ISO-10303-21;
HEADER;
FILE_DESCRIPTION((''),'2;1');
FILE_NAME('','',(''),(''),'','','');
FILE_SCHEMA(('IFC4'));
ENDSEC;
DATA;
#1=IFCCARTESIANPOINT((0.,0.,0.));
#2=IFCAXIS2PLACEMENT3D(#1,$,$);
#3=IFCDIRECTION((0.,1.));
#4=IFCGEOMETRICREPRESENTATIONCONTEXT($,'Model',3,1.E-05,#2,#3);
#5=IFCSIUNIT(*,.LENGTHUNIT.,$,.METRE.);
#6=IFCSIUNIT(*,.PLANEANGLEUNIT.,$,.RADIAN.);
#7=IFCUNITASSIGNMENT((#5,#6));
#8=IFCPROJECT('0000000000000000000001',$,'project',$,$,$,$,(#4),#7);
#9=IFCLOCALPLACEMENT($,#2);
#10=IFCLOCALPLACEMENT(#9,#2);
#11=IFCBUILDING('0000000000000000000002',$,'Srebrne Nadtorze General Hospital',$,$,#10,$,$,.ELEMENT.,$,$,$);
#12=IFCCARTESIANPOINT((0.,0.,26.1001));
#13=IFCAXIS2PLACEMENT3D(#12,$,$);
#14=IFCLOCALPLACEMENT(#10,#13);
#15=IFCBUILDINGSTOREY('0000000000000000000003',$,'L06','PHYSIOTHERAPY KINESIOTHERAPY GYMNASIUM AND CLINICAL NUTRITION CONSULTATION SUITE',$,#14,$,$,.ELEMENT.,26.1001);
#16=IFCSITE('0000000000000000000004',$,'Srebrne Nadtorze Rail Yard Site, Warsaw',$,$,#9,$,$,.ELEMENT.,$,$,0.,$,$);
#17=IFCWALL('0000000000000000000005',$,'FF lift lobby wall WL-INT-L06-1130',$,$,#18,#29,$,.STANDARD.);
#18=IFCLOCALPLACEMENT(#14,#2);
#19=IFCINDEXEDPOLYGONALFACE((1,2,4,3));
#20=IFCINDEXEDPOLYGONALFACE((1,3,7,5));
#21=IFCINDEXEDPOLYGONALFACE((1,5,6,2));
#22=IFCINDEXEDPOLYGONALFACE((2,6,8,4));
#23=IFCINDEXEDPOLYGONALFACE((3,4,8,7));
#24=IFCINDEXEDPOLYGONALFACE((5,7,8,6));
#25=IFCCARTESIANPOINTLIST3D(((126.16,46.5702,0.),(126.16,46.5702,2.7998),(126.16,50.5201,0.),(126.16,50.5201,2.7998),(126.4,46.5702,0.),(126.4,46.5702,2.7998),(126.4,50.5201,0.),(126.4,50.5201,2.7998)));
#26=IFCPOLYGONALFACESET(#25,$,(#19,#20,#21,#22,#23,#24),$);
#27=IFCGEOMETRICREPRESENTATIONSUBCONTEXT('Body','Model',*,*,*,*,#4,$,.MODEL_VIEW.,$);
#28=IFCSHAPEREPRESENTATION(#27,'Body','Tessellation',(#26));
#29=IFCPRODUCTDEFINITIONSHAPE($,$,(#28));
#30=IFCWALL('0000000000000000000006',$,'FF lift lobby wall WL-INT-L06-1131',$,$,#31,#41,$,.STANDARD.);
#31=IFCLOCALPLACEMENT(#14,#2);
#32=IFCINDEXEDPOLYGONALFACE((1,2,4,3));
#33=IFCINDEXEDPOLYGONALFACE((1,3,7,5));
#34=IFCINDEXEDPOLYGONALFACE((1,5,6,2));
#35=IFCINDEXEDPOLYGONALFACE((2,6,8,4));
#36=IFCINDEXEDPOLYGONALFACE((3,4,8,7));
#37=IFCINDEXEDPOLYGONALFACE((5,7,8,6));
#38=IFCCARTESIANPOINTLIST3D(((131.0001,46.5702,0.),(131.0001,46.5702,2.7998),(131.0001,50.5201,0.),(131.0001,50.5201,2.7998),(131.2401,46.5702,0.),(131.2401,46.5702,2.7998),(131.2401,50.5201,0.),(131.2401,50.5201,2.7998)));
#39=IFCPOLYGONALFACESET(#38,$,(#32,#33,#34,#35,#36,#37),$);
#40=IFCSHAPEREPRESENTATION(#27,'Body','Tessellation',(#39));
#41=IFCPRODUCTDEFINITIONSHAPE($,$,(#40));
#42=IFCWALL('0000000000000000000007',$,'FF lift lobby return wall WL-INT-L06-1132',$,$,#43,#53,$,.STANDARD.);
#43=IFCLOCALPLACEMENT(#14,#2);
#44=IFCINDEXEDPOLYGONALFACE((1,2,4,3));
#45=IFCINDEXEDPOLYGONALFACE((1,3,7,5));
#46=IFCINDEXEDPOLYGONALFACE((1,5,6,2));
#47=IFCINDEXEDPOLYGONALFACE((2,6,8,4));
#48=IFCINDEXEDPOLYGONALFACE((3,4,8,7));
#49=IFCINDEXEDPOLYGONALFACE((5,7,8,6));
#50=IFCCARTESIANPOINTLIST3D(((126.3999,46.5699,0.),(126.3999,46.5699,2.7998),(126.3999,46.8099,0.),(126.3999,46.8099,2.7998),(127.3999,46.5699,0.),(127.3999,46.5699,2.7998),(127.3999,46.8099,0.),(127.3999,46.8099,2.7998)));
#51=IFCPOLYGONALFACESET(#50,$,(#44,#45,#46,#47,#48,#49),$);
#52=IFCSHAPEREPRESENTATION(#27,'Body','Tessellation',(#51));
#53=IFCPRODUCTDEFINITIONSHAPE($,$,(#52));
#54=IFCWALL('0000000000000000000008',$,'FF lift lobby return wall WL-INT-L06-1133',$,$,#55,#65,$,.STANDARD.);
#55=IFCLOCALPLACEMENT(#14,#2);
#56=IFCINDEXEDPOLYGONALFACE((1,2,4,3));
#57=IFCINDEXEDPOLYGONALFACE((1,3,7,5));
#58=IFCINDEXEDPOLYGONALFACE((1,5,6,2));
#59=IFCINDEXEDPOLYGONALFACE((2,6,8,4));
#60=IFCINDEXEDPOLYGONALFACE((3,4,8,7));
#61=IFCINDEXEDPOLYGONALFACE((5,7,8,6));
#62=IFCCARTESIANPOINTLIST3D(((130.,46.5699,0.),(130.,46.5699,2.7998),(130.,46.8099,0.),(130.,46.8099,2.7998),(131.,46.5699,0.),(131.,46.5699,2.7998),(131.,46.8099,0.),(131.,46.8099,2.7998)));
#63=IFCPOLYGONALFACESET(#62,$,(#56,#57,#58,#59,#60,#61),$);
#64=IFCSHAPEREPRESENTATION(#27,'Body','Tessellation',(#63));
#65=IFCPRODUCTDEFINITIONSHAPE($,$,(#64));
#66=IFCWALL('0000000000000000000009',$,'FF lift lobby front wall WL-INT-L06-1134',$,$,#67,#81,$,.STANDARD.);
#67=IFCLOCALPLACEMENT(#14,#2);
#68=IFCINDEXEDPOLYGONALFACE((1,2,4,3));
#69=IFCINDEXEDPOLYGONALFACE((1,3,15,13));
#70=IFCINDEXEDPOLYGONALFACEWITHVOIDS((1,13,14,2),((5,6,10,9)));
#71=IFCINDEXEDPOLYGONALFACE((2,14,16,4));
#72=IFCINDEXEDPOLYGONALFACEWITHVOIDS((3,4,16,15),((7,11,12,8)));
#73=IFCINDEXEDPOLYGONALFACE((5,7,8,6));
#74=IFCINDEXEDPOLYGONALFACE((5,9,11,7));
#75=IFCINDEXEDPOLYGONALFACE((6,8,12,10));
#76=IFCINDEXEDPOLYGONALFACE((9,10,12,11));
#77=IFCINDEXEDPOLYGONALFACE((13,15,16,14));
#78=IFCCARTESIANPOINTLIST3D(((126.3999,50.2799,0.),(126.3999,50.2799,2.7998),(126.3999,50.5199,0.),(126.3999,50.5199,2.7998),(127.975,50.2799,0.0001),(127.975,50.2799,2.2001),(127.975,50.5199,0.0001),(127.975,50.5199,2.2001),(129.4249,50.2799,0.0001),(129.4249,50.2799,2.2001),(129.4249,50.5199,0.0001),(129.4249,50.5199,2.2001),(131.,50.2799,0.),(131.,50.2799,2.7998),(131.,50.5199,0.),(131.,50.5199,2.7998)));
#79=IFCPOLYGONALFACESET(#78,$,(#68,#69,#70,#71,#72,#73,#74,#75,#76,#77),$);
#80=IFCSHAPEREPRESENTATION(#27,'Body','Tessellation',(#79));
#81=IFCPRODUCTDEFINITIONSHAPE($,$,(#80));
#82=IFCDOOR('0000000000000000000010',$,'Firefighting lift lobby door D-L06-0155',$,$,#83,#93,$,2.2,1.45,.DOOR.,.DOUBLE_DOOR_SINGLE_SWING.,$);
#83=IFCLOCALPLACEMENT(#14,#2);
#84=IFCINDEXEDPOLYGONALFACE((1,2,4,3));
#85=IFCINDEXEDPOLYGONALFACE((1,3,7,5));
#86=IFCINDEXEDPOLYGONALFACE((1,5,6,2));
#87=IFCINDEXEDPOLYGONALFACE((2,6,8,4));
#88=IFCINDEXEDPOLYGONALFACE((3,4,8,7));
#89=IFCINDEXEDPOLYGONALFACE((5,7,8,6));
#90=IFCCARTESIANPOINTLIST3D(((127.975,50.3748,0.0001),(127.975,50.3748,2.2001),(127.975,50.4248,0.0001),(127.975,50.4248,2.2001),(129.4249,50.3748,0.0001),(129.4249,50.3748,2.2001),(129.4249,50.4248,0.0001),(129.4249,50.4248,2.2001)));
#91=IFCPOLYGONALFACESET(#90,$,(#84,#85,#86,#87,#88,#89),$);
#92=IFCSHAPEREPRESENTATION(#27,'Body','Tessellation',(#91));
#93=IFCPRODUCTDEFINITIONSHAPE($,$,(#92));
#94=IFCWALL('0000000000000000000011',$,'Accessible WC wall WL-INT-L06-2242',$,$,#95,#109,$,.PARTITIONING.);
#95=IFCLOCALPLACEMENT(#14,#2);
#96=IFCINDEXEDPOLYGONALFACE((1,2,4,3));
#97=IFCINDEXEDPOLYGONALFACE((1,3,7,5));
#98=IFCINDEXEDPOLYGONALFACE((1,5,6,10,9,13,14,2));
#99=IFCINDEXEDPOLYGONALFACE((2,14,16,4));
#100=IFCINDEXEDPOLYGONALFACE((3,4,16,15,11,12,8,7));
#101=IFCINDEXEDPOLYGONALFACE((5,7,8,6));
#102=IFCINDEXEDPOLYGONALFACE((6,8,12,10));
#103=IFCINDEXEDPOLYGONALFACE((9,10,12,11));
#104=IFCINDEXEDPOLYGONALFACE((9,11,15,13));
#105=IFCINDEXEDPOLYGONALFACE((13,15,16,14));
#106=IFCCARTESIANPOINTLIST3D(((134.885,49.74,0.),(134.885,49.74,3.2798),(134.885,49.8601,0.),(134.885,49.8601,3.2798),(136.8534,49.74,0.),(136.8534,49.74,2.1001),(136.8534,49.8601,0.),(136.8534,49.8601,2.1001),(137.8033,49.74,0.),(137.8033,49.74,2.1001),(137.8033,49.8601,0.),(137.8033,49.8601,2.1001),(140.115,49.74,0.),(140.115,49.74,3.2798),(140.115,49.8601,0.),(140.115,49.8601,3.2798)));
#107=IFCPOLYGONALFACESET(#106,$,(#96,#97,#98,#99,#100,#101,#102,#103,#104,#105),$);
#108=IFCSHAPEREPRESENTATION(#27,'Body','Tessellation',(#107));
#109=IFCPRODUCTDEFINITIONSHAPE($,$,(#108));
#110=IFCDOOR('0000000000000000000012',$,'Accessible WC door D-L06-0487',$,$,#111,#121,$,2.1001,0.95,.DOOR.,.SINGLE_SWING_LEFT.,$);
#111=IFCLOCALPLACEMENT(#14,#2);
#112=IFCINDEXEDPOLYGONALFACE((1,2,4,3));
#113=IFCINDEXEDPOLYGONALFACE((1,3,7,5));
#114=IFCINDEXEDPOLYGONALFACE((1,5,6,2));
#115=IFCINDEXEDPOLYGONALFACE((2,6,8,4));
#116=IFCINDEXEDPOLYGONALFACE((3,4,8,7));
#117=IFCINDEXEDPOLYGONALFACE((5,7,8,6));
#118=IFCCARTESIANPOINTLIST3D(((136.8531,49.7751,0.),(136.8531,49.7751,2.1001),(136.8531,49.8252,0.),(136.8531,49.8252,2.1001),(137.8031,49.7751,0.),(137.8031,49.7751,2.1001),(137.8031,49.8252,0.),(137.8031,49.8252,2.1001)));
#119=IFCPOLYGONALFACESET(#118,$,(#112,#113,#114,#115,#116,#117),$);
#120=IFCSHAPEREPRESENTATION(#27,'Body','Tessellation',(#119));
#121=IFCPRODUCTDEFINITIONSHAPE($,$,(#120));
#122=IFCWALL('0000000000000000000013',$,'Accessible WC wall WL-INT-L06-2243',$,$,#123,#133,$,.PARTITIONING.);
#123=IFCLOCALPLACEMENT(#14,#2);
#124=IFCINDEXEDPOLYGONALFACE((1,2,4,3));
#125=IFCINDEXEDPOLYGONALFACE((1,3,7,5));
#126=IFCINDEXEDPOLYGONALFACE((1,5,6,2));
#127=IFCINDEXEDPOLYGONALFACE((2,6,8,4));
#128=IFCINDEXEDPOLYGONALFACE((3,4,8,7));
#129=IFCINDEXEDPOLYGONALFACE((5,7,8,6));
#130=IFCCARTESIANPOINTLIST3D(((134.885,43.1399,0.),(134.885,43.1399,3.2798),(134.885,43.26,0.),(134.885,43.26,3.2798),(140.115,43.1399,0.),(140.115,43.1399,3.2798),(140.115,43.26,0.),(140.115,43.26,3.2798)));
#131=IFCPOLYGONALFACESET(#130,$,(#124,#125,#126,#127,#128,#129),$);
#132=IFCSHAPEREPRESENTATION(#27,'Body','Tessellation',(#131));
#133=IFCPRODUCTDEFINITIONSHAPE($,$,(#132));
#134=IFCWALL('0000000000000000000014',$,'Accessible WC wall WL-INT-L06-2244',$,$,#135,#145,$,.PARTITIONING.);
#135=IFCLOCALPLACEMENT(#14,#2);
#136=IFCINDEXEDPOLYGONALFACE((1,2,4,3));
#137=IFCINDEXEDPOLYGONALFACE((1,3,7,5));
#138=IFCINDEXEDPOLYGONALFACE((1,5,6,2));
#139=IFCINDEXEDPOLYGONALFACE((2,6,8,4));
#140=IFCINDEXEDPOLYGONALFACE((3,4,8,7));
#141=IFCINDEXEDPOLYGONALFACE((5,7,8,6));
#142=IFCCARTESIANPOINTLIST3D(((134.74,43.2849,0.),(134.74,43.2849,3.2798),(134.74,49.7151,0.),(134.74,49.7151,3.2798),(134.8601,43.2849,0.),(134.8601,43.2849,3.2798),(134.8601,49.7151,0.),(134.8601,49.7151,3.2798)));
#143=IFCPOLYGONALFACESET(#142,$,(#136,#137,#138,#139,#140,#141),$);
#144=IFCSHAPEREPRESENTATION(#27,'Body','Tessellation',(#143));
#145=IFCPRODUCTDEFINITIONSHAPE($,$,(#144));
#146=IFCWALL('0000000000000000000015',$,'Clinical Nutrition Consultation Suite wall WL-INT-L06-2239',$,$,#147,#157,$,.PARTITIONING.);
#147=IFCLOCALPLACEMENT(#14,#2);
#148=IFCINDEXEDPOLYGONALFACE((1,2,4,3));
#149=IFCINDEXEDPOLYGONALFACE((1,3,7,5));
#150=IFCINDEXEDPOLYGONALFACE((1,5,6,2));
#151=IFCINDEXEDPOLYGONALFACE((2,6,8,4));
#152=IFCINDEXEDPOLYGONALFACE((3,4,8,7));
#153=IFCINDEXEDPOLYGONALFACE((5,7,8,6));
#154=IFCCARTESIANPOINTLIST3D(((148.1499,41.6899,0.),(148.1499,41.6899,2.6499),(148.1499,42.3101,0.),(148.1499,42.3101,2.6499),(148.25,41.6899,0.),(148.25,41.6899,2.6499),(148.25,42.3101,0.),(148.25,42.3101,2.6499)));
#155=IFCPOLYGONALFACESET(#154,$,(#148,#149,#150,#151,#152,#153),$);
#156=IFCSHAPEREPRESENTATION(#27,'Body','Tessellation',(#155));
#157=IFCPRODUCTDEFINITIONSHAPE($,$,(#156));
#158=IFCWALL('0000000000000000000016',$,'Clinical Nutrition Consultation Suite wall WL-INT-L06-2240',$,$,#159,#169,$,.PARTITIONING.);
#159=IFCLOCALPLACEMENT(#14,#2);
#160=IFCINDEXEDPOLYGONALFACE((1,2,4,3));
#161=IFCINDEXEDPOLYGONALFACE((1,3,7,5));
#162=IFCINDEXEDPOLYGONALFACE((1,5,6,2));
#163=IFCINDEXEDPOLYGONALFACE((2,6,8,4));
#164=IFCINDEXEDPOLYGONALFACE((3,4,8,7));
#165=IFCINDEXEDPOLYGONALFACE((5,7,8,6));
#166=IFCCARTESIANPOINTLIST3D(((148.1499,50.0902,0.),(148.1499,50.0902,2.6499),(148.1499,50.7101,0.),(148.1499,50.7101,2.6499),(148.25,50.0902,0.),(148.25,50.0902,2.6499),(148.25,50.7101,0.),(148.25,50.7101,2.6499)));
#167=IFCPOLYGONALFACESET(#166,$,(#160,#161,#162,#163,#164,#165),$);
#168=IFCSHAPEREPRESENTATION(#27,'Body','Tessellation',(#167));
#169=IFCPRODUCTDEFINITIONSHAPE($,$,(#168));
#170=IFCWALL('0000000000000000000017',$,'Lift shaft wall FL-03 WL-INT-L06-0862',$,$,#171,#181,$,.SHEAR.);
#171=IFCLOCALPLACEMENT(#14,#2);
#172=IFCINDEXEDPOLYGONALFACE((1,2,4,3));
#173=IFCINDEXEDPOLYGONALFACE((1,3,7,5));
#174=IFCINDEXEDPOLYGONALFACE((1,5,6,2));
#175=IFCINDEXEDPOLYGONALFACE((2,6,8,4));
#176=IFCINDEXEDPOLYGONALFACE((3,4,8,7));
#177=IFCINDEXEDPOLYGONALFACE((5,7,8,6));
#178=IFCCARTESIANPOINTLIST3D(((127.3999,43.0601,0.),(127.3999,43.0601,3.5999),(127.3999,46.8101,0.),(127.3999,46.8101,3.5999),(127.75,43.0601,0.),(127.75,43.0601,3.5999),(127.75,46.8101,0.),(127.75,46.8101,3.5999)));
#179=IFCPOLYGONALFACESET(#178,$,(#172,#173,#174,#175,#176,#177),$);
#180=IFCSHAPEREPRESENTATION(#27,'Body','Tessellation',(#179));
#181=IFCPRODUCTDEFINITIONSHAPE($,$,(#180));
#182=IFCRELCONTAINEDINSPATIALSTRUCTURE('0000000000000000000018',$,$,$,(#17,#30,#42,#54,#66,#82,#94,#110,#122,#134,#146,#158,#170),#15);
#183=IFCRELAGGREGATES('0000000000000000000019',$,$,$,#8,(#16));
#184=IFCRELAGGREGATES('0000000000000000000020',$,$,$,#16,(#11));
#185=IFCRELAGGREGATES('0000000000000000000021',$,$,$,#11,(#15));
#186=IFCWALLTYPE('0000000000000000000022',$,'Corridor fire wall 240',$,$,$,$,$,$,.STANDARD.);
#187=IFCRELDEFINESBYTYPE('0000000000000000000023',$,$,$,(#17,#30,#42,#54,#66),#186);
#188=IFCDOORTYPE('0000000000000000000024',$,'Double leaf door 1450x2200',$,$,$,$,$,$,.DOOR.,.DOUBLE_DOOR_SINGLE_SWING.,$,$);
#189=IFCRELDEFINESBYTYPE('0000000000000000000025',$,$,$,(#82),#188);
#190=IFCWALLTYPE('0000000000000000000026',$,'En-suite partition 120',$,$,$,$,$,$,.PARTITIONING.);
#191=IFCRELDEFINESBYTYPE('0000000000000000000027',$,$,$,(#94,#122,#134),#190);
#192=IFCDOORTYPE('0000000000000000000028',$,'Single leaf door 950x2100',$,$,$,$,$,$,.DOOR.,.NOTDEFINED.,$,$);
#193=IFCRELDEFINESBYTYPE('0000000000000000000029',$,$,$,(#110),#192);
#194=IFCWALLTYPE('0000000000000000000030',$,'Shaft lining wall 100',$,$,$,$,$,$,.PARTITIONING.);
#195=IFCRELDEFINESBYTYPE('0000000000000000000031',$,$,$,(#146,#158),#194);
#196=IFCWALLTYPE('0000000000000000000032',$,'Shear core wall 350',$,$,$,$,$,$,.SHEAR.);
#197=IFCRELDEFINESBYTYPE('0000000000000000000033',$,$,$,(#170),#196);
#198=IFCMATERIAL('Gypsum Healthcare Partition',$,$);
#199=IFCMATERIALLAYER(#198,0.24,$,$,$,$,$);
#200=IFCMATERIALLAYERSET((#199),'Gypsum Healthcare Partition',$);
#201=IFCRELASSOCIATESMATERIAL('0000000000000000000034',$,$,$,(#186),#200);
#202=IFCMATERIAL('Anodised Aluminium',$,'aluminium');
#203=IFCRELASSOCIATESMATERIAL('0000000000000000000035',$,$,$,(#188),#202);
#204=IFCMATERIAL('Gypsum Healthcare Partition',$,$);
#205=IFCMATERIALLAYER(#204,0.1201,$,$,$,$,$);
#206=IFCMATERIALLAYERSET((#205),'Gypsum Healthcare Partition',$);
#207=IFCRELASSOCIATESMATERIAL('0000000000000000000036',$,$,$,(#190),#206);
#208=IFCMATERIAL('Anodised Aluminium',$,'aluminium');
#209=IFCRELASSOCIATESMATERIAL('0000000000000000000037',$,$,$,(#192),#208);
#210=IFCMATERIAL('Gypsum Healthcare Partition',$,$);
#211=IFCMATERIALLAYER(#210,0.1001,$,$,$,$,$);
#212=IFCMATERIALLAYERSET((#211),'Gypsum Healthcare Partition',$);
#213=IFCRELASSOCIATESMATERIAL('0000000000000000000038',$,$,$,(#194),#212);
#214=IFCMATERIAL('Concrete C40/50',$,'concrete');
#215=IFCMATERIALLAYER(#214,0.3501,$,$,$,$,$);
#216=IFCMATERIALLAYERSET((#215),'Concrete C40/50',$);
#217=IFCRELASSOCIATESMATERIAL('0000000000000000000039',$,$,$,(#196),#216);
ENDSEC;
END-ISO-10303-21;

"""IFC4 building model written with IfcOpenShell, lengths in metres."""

from ifc_helpers import new_model, si_unit, direction, frame, frame_2d, origin, place, context, subcontext, project, spatial, rectangle, extrude, material, layer, layer_set, type_object, element, fill, save


model = new_model("IFC4")

# Units and contexts
model_context = context("Model", 3, precision=1e-05, world=origin(), true_north=direction((0.0, 1.0)))
body_context = subcontext(model_context, "Body", "Model", "MODEL_VIEW")
ifc_project = project(units=[si_unit("LENGTHUNIT", "METRE"), si_unit("PLANEANGLEUNIT", "RADIAN")], contexts=[model_context])

# Site, building, storey
site_placement = place(None, origin())
site = spatial("IfcSite", under=ifc_project, at=site_placement, Name="Srebrne Nadtorze Rail Yard Site, Warsaw", CompositionType="ELEMENT", RefElevation=0.0)
building_placement = place(site_placement, origin())
building = spatial("IfcBuilding", under=site, at=building_placement, Name="Srebrne Nadtorze General Hospital", CompositionType="ELEMENT")
storey_placement = place(building_placement, frame((0.0, 0.0, 26.1001)))
storey = spatial("IfcBuildingStorey", under=building, at=storey_placement, Name="L06", Description="PHYSIOTHERAPY KINESIOTHERAPY GYMNASIUM AND CLINICAL NUTRITION CONSULTATION SUITE", CompositionType="ELEMENT", Elevation=26.1001)

# Walls
ifc_material_1 = material(Name="Gypsum Healthcare Partition")
ifc_layer_1 = layer(ifc_material_1, 0.24)
ifc_layer_set_1 = layer_set([ifc_layer_1], Name="Gypsum Healthcare Partition")
wall_type_1 = type_object("IfcWallType", Name="Corridor fire wall 240", PredefinedType="STANDARD", material=ifc_layer_set_1)
for number, where, z_axis, x_axis, name in (
    (1, (126.28, 46.5701, 0.0), (0.0, 0.0, 1.0), (0.0, 1.0, 0.0), "FF lift lobby wall WL-INT-L06-1130"),
    (2, (131.1201, 46.5701, 0.0), (0.0, 0.0, 1.0), (0.0, 1.0, 0.0), "FF lift lobby wall WL-INT-L06-1131"),
):
    element("IfcWall", number, at=place(storey_placement, frame(where, z_axis=z_axis, x_axis=x_axis)), inside=storey, type_object=wall_type_1, Name=name, PredefinedType="STANDARD", context=body_context, shape_type="SweptSolid", body=[
        extrude(rectangle(XDim=3.95, YDim=0.24, at=frame_2d((1.9751, 0.0))), origin(), (0.0, 0.0, 1.0), 2.7998),
    ])
for number, where, z_axis, x_axis, name in (
    (3, (126.3999, 46.6899, 0.0), (0.0, 0.0, 1.0), (1.0, 0.0, 0.0), "FF lift lobby return wall WL-INT-L06-1132"),
    (4, (130.0, 46.6899, 0.0), (0.0, 0.0, 1.0), (1.0, 0.0, 0.0), "FF lift lobby return wall WL-INT-L06-1133"),
):
    element("IfcWall", number, at=place(storey_placement, frame(where, z_axis=z_axis, x_axis=x_axis)), inside=storey, type_object=wall_type_1, Name=name, PredefinedType="STANDARD", context=body_context, shape_type="SweptSolid", body=[
        extrude(rectangle(XDim=1.0, YDim=0.24, at=frame_2d((0.5, 0.0))), origin(), (0.0, 0.0, 1.0), 2.7998),
    ])

# Walls, openings, doors
wall_1_placement = place(storey_placement, frame((126.3999, 50.3999, 0.0), z_axis=(0.0, 0.0, 1.0), x_axis=(1.0, 0.0, 0.0)))
wall_1 = element("IfcWall", 5, at=wall_1_placement, inside=storey, type_object=wall_type_1, Name="FF lift lobby front wall WL-INT-L06-1134", PredefinedType="STANDARD", context=body_context, shape_type="SweptSolid", body=[
    extrude(rectangle(XDim=4.6001, YDim=0.24, at=frame_2d((2.3, 0.0))), origin(), (0.0, 0.0, 1.0), 2.7998),
])
opening_1_placement = place(wall_1_placement, frame((1.575, 0.0, 0.0)))
opening_1 = element("IfcOpeningElement", 6, at=opening_1_placement, cuts=wall_1, PredefinedType="OPENING", context=body_context, shape_type="SweptSolid", body=[
    extrude(rectangle(XDim=1.45, YDim=2.2, at=frame_2d((0.7251, 1.1001))), frame((0.0, 0.1318, 0.0), z_axis=(0.0, -1.0, 0.0), x_axis=(1.0, 0.0, 0.0)), (0.0, 0.0, 1.0), 0.2639),
])
ifc_material_2 = material(Name="Anodised Aluminium", Category="aluminium")
door_type_1 = type_object("IfcDoorType", Name="Double leaf door 1450x2200", OperationType="DOUBLE_DOOR_SINGLE_SWING", PredefinedType="DOOR", material=ifc_material_2)
door_1_placement = place(opening_1_placement, origin())
door_1 = element("IfcDoor", 7, at=door_1_placement, inside=storey, type_object=door_type_1, Name="Firefighting lift lobby door D-L06-0155", OperationType="DOUBLE_DOOR_SINGLE_SWING", OverallHeight=2.2, OverallWidth=1.45, PredefinedType="DOOR", context=body_context, shape_type="SweptSolid", body=[
    extrude(rectangle(XDim=1.45, YDim=2.2, at=frame_2d((0.7251, 1.1001))), frame((0.0, 0.0249, 0.0), z_axis=(0.0, -1.0, 0.0), x_axis=(1.0, 0.0, 0.0)), (0.0, 0.0, 1.0), 0.05),
])
fill(opening_1, door_1)
ifc_material_3 = material(Name="Gypsum Healthcare Partition")
ifc_layer_2 = layer(ifc_material_3, 0.1201)
ifc_layer_set_2 = layer_set([ifc_layer_2], Name="Gypsum Healthcare Partition")
wall_type_2 = type_object("IfcWallType", Name="En-suite partition 120", PredefinedType="PARTITIONING", material=ifc_layer_set_2)
wall_2_placement = place(storey_placement, frame((134.885, 49.8, 0.0), z_axis=(0.0, 0.0, 1.0), x_axis=(1.0, 0.0, 0.0)))
wall_2 = element("IfcWall", 8, at=wall_2_placement, inside=storey, type_object=wall_type_2, Name="Accessible WC wall WL-INT-L06-2242", PredefinedType="PARTITIONING", context=body_context, shape_type="SweptSolid", body=[
    extrude(rectangle(XDim=5.23, YDim=0.1201, at=frame_2d((2.615, 0.0))), origin(), (0.0, 0.0, 1.0), 3.2798),
])
opening_2_placement = place(wall_2_placement, frame((1.9683, 0.0, 0.0)))
opening_2 = element("IfcOpeningElement", 9, at=opening_2_placement, cuts=wall_2, PredefinedType="OPENING", context=body_context, shape_type="SweptSolid", body=[
    extrude(rectangle(XDim=0.95, YDim=2.1001, at=frame_2d((0.4751, 1.05))), frame((0.0, 0.072, 0.0), z_axis=(0.0, -1.0, 0.0), x_axis=(1.0, 0.0, 0.0)), (0.0, 0.0, 1.0), 0.144),
])
ifc_material_4 = material(Name="Anodised Aluminium", Category="aluminium")
door_type_2 = type_object("IfcDoorType", Name="Single leaf door 950x2100", OperationType="NOTDEFINED", PredefinedType="DOOR", material=ifc_material_4)
door_2_placement = place(opening_2_placement, frame((0.95, 0.0, 0.0), z_axis=(0.0, 0.0, 1.0), x_axis=(-1.0, 0.0, 0.0)))
door_2 = element("IfcDoor", 10, at=door_2_placement, inside=storey, type_object=door_type_2, Name="Accessible WC door D-L06-0487", OperationType="SINGLE_SWING_LEFT", OverallHeight=2.1001, OverallWidth=0.95, PredefinedType="DOOR", context=body_context, shape_type="SweptSolid", body=[
    extrude(rectangle(XDim=0.95, YDim=2.1001, at=frame_2d((0.4751, 1.05))), frame((0.0, 0.0249, 0.0), z_axis=(0.0, -1.0, 0.0), x_axis=(1.0, 0.0, 0.0)), (0.0, 0.0, 1.0), 0.05),
])
fill(opening_2, door_2)

# Walls
wall_3_placement = place(storey_placement, frame((134.885, 43.2, 0.0), z_axis=(0.0, 0.0, 1.0), x_axis=(1.0, 0.0, 0.0)))
element("IfcWall", 11, at=wall_3_placement, inside=storey, type_object=wall_type_2, Name="Accessible WC wall WL-INT-L06-2243", PredefinedType="PARTITIONING", context=body_context, shape_type="SweptSolid", body=[
    extrude(rectangle(XDim=5.23, YDim=0.1201, at=frame_2d((2.615, 0.0))), origin(), (0.0, 0.0, 1.0), 3.2798),
])
wall_4_placement = place(storey_placement, frame((134.8, 43.2849, 0.0), z_axis=(0.0, 0.0, 1.0), x_axis=(0.0, 1.0, 0.0)))
element("IfcWall", 12, at=wall_4_placement, inside=storey, type_object=wall_type_2, Name="Accessible WC wall WL-INT-L06-2244", PredefinedType="PARTITIONING", context=body_context, shape_type="SweptSolid", body=[
    extrude(rectangle(XDim=6.4302, YDim=0.1201, at=frame_2d((3.2151, 0.0))), origin(), (0.0, 0.0, 1.0), 3.2798),
])
ifc_material_5 = material(Name="Gypsum Healthcare Partition")
ifc_layer_3 = layer(ifc_material_5, 0.1001)
ifc_layer_set_3 = layer_set([ifc_layer_3], Name="Gypsum Healthcare Partition")
wall_type_3 = type_object("IfcWallType", Name="Shaft lining wall 100", PredefinedType="PARTITIONING", material=ifc_layer_set_3)
wall_5_placement = place(storey_placement, frame((148.2, 41.6899, 0.0), z_axis=(0.0, 0.0, 1.0), x_axis=(0.0, 1.0, 0.0)))
element("IfcWall", 13, at=wall_5_placement, inside=storey, type_object=wall_type_3, Name="Clinical Nutrition Consultation Suite wall WL-INT-L06-2239", PredefinedType="PARTITIONING", context=body_context, shape_type="SweptSolid", body=[
    extrude(rectangle(XDim=0.6201, YDim=0.1001, at=frame_2d((0.3101, 0.0))), origin(), (0.0, 0.0, 1.0), 2.6499),
])
wall_6_placement = place(storey_placement, frame((148.2, 50.0901, 0.0), z_axis=(0.0, 0.0, 1.0), x_axis=(0.0, 1.0, 0.0)))
element("IfcWall", 14, at=wall_6_placement, inside=storey, type_object=wall_type_3, Name="Clinical Nutrition Consultation Suite wall WL-INT-L06-2240", PredefinedType="PARTITIONING", context=body_context, shape_type="SweptSolid", body=[
    extrude(rectangle(XDim=0.6199, YDim=0.1001, at=frame_2d((0.3101, 0.0))), origin(), (0.0, 0.0, 1.0), 2.6499),
])
ifc_material_6 = material(Name="Concrete C40/50", Category="concrete")
ifc_layer_4 = layer(ifc_material_6, 0.3501)
ifc_layer_set_4 = layer_set([ifc_layer_4], Name="Concrete C40/50")
wall_type_4 = type_object("IfcWallType", Name="Shear core wall 350", PredefinedType="SHEAR", material=ifc_layer_set_4)
for number, where, z_axis, x_axis, name in (
    (15, (127.575, 43.0601, 0.0), (0.0, 0.0, 1.0), (0.0, 1.0, 0.0), "Lift shaft wall FL-03 WL-INT-L06-0862"),
):
    element("IfcWall", number, at=place(storey_placement, frame(where, z_axis=z_axis, x_axis=x_axis)), inside=storey, type_object=wall_type_4, Name=name, PredefinedType="SHEAR", context=body_context, shape_type="SweptSolid", body=[
        extrude(rectangle(XDim=3.75, YDim=0.3501, at=frame_2d((1.875, 0.0))), origin(), (0.0, 0.0, 1.0), 3.5999),
    ])

save(model, "model.ifc")
